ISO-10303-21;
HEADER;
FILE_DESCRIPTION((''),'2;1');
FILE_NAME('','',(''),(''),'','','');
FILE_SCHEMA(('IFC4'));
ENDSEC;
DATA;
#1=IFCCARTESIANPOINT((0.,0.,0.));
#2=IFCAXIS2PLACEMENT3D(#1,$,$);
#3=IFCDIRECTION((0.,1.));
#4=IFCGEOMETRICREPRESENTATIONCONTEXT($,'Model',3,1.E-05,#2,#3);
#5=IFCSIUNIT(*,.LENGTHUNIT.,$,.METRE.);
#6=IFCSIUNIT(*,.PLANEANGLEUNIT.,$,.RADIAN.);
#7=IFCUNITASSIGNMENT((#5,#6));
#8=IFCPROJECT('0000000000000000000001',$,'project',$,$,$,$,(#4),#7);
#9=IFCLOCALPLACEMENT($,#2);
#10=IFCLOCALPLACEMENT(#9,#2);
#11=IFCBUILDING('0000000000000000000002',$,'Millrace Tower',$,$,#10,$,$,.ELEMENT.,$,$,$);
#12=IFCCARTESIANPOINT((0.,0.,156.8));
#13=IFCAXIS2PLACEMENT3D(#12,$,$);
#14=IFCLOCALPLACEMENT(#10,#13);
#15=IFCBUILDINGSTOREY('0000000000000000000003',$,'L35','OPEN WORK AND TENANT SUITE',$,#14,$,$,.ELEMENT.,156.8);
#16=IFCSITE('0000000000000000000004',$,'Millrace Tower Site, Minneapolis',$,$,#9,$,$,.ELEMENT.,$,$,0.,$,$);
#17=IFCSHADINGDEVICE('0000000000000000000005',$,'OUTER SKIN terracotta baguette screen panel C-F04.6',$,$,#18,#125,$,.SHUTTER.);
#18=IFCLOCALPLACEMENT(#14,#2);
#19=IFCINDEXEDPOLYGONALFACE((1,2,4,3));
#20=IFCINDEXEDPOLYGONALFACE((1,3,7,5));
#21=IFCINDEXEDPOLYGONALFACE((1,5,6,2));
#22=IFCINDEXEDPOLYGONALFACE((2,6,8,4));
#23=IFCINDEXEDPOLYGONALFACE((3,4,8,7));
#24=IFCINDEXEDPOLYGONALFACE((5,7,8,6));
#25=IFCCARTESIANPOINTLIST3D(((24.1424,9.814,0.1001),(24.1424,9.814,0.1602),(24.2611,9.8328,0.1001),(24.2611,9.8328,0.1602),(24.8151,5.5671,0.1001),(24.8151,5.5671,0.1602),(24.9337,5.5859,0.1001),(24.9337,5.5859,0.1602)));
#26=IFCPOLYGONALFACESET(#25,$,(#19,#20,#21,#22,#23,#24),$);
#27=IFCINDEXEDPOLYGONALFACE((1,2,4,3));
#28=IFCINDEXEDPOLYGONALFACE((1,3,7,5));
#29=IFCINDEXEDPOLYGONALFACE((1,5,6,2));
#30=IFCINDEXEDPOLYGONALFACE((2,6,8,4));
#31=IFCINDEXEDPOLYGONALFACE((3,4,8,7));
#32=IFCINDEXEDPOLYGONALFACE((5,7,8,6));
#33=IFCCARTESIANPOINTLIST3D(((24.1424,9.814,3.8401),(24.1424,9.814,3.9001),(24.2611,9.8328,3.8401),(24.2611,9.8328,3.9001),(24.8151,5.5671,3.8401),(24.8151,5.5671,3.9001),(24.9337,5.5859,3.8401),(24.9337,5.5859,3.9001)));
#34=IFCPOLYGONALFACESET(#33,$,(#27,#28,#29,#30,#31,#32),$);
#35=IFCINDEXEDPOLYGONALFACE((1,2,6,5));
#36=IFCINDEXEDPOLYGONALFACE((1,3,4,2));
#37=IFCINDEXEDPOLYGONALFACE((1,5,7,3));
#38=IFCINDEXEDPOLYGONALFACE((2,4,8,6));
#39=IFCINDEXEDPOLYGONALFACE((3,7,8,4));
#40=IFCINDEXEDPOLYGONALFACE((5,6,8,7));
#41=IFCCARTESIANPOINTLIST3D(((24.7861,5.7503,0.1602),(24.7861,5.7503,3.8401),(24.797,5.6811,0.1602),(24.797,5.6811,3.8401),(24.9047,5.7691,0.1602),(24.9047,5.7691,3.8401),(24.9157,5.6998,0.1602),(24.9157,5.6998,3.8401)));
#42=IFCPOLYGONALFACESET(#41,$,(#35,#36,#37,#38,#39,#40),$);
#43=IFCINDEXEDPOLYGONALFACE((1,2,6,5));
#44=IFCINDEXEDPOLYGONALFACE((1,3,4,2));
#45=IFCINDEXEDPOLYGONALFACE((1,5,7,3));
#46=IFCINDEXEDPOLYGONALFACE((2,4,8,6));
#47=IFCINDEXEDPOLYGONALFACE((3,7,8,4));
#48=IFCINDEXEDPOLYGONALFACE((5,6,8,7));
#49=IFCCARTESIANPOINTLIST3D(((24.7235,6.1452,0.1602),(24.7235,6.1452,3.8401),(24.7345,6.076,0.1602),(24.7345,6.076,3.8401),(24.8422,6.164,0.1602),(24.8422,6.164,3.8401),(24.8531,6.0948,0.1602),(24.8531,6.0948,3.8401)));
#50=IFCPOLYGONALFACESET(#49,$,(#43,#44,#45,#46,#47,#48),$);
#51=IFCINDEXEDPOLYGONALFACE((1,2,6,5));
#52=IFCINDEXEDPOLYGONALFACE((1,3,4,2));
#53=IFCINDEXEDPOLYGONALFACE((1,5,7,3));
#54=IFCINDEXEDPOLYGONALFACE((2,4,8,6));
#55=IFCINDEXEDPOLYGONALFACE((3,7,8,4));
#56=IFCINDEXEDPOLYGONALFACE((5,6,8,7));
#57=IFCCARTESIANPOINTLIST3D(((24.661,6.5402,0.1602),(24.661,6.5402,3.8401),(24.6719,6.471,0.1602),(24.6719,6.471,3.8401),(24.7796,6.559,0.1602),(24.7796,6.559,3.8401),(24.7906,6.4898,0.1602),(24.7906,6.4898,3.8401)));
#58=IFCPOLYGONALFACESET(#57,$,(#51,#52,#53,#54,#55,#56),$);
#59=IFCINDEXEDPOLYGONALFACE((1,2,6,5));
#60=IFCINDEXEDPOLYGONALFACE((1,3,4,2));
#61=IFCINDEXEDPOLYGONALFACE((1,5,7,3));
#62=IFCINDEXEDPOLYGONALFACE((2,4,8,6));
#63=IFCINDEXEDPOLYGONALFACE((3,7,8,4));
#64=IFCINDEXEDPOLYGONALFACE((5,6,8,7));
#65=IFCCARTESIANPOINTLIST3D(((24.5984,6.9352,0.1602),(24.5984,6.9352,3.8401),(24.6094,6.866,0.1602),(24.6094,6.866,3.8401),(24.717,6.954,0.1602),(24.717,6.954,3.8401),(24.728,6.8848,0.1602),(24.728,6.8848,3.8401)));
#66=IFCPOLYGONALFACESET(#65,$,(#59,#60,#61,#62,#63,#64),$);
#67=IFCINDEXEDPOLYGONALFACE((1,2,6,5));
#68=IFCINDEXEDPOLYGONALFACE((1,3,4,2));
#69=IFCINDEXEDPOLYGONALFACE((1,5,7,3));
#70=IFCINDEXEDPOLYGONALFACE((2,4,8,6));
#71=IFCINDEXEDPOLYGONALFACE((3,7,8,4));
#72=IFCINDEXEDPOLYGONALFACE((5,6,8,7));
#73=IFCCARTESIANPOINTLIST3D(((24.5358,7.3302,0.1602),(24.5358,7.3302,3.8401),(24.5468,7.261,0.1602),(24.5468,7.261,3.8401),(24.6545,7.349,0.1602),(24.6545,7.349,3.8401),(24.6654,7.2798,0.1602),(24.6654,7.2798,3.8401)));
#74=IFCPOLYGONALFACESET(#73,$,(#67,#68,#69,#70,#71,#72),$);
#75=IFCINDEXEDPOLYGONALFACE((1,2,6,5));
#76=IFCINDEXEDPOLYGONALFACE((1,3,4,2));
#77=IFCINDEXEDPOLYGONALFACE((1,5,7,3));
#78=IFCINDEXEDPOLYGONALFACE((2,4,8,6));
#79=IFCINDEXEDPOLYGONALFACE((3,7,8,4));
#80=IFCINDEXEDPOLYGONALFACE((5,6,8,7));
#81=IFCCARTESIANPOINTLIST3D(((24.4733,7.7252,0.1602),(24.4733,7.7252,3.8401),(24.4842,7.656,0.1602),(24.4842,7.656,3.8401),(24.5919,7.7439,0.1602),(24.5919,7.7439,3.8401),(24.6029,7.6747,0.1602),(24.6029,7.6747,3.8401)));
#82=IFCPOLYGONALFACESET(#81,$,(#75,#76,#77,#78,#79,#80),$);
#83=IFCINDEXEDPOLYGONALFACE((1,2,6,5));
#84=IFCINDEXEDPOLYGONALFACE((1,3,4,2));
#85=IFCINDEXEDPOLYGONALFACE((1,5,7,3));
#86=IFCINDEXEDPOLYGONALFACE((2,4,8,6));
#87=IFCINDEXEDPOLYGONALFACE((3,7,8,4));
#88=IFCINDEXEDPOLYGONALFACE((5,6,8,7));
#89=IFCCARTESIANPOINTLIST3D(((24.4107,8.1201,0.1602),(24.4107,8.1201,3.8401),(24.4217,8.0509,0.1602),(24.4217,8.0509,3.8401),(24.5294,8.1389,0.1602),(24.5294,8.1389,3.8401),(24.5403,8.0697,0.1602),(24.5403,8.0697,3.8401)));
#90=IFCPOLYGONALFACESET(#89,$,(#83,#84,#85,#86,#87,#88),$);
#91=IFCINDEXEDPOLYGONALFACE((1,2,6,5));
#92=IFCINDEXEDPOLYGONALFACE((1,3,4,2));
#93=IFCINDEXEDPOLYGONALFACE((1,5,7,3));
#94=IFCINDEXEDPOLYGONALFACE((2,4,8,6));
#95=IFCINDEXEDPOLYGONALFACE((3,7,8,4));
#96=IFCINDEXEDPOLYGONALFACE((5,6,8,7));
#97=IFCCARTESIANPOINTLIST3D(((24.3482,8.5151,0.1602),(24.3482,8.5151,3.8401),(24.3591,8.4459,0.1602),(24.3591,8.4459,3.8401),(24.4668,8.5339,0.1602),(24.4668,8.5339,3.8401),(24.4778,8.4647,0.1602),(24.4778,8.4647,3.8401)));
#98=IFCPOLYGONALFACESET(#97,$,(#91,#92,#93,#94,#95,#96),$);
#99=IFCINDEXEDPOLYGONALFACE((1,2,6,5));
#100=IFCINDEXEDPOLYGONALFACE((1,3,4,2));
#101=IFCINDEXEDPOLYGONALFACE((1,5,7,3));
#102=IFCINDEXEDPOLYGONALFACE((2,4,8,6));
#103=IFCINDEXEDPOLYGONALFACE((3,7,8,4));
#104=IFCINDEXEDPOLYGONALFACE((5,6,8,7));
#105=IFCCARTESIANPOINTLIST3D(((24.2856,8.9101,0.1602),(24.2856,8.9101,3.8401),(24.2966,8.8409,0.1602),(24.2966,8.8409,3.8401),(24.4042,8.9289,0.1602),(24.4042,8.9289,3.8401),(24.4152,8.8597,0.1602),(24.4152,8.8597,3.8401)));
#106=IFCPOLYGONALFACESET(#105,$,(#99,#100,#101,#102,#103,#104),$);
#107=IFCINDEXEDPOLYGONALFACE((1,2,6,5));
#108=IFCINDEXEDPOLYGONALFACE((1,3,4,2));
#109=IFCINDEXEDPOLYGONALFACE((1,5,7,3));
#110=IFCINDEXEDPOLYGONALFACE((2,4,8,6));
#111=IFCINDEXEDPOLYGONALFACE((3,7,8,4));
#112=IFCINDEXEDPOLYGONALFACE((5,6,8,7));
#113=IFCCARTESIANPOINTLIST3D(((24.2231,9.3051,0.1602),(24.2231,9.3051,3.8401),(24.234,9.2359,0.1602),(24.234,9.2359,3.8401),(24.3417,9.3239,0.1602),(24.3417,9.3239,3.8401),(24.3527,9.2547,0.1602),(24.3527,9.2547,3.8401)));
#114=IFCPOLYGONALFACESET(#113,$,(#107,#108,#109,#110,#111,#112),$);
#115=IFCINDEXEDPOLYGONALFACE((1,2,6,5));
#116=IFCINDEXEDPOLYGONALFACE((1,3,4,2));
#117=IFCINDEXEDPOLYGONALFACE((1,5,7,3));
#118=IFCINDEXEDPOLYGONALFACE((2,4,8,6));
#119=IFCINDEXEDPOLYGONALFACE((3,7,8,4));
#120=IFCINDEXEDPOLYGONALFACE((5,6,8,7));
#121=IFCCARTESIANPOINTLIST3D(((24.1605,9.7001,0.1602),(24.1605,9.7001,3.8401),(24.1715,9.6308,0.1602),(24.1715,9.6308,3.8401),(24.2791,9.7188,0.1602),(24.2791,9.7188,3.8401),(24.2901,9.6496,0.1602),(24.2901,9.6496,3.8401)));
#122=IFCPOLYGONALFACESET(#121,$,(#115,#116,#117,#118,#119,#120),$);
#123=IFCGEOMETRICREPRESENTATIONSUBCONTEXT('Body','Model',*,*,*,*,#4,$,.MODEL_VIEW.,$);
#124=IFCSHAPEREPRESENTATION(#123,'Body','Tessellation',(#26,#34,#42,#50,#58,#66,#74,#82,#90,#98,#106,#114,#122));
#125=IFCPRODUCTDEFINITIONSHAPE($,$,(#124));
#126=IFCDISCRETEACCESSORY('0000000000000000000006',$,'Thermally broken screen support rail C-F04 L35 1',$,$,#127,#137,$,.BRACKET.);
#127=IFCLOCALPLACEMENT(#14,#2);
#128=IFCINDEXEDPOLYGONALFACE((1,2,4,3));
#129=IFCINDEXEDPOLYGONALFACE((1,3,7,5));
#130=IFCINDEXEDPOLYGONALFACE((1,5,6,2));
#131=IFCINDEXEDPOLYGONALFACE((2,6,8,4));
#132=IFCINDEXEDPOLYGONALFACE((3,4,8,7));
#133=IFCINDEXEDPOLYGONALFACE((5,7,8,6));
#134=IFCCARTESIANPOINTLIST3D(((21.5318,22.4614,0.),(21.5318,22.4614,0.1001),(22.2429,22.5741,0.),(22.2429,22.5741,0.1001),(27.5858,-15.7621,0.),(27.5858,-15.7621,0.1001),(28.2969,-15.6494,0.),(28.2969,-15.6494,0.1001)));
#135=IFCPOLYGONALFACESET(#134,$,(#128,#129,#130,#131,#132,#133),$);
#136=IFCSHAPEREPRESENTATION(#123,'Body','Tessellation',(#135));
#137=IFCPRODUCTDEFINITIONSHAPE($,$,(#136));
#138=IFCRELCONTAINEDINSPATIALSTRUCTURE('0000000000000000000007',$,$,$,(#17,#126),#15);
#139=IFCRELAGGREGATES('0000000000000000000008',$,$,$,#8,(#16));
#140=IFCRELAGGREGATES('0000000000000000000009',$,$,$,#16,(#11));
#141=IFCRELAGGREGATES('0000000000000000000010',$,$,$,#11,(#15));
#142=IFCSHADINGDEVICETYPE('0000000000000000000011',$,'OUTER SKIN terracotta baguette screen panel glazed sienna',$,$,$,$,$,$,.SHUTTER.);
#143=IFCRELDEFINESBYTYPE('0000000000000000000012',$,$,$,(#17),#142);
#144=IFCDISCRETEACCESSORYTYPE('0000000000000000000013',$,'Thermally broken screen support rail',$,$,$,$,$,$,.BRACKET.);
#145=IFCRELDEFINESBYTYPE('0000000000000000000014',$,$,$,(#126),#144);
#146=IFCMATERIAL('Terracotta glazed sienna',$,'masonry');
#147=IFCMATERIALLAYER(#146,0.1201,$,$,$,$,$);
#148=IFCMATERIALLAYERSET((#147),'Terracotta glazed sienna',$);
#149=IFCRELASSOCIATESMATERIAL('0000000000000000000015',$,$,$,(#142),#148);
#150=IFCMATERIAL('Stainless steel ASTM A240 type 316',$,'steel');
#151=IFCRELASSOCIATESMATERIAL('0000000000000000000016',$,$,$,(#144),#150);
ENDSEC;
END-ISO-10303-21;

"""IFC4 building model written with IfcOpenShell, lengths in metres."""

from ifc_helpers import new_model, entity, si_unit, direction, frame, frame_2d, origin, origin_2d, place, context, subcontext, project, spatial, rectangle, extrude, source, transform, mapped, material, layer, layer_set, type_object, element, save


model = new_model("IFC4")

# Units and contexts
model_context = context("Model", 3, precision=1e-05, world=origin(), true_north=direction((0.0, 1.0)))
body_context = subcontext(model_context, "Body", "Model", "MODEL_VIEW")
ifc_project = project(units=[si_unit("LENGTHUNIT", "METRE"), si_unit("PLANEANGLEUNIT", "RADIAN")], contexts=[model_context])

# Site, building, storey
site_placement = place(None, origin())
site = spatial("IfcSite", under=ifc_project, at=site_placement, Name="Millrace Tower Site, Minneapolis", CompositionType="ELEMENT", RefElevation=0.0)
building_placement = place(site_placement, origin())
building = spatial("IfcBuilding", under=site, at=building_placement, Name="Millrace Tower", CompositionType="ELEMENT")
storey_placement = place(building_placement, frame((0.0, 0.0, 156.8)))
storey = spatial("IfcBuildingStorey", under=building, at=storey_placement, Name="L35", Description="OPEN WORK AND TENANT SUITE", CompositionType="ELEMENT", Elevation=156.8)

# Shading device
ifc_material_1 = material(Name="Terracotta glazed sienna", Category="masonry")
ifc_layer_1 = layer(ifc_material_1, 0.1201)
ifc_layer_set_1 = layer_set([ifc_layer_1], Name="Terracotta glazed sienna")
shading_device_type = type_object("IfcShadingDeviceType", Name="OUTER SKIN terracotta baguette screen panel glazed sienna", PredefinedType="SHUTTER", material=ifc_layer_set_1)
cartesian_point = entity("IfcCartesianPoint", [-2.1499, 0.0601])
shared_polyline = entity("IfcPolyline", [cartesian_point, entity("IfcCartesianPoint", [2.1499, 0.0601]), entity("IfcCartesianPoint", [2.1499, -0.0601]), entity("IfcCartesianPoint", [-2.1499, -0.0601]), cartesian_point])
shared_shape = source(origin(), body_context, "Body", "SweptSolid", [
    entity("IfcExtrudedAreaSolid", entity("IfcArbitraryClosedProfileDef", "AREA", None, shared_polyline), entity("IfcAxis2Placement3D", entity("IfcCartesianPoint", [0.0, 0.0, 0.0])), entity("IfcDirection", [0.0, 0.0, 1.0]), 0.0601),
    entity("IfcExtrudedAreaSolid", entity("IfcArbitraryClosedProfileDef", "AREA", None, shared_polyline), entity("IfcAxis2Placement3D", entity("IfcCartesianPoint", [0.0, 0.0, 3.74])), entity("IfcDirection", [0.0, 0.0, 1.0]), 0.0601),
    extrude(rectangle(XDim=0.0701, YDim=0.1201, at=frame_2d((-1.9995, 0.0))), frame((0.0, 0.0, 0.0601)), (0.0, 0.0, 1.0), 3.6799),
    extrude(rectangle(XDim=0.0701, YDim=0.1201, at=frame_2d((-1.5996, 0.0))), frame((0.0, 0.0, 0.0601)), (0.0, 0.0, 1.0), 3.6799),
    extrude(rectangle(XDim=0.0701, YDim=0.1201, at=frame_2d((-1.1997, 0.0))), frame((0.0, 0.0, 0.0601)), (0.0, 0.0, 1.0), 3.6799),
    extrude(rectangle(XDim=0.0701, YDim=0.1201, at=frame_2d((-0.7998, 0.0))), frame((0.0, 0.0, 0.0601)), (0.0, 0.0, 1.0), 3.6799),
    extrude(rectangle(XDim=0.0701, YDim=0.1201, at=frame_2d((-0.3999, 0.0))), frame((0.0, 0.0, 0.0601)), (0.0, 0.0, 1.0), 3.6799),
    extrude(rectangle(XDim=0.0701, YDim=0.1201, at=origin_2d()), frame((0.0, 0.0, 0.0601)), (0.0, 0.0, 1.0), 3.6799),
    extrude(rectangle(XDim=0.0701, YDim=0.1201, at=frame_2d((0.3999, 0.0))), frame((0.0, 0.0, 0.0601)), (0.0, 0.0, 1.0), 3.6799),
    extrude(rectangle(XDim=0.0701, YDim=0.1201, at=frame_2d((0.7998, 0.0))), frame((0.0, 0.0, 0.0601)), (0.0, 0.0, 1.0), 3.6799),
    extrude(rectangle(XDim=0.0701, YDim=0.1201, at=frame_2d((1.1997, 0.0))), frame((0.0, 0.0, 0.0601)), (0.0, 0.0, 1.0), 3.6799),
    extrude(rectangle(XDim=0.0701, YDim=0.1201, at=frame_2d((1.5996, 0.0))), frame((0.0, 0.0, 0.0601)), (0.0, 0.0, 1.0), 3.6799),
    extrude(rectangle(XDim=0.0701, YDim=0.1201, at=frame_2d((1.9995, 0.0))), frame((0.0, 0.0, 0.0601)), (0.0, 0.0, 1.0), 3.6799),
])
for number, where, z_axis, x_axis, name in (
    (1, (24.5381, 7.7, 0.1001), (0.0, 0.0, 1.0), (-0.156434, 0.987688, 0.0), "OUTER SKIN terracotta baguette screen panel C-F04.6"),
):
    element("IfcShadingDevice", number, at=place(storey_placement, frame(where, z_axis=z_axis, x_axis=x_axis)), inside=storey, type_object=shading_device_type, Name=name, PredefinedType="SHUTTER", context=body_context, shape_type="MappedRepresentation", body=[
        mapped(shared_shape, transform((0.0, 0.0, 0.0), scale=1.0)),
    ])

# Discrete accessory
ifc_material_2 = material(Name="Stainless steel ASTM A240 type 316", Category="steel")
discrete_accessory_type = type_object("IfcDiscreteAccessoryType", Name="Thermally broken screen support rail", PredefinedType="BRACKET", material=ifc_material_2)
discrete_accessory_placement = place(storey_placement, frame((24.9143, 3.406, 0.0), z_axis=(0.0, 0.0, 1.0), x_axis=(-0.156434, 0.987688, 0.0)))
element("IfcDiscreteAccessory", 2, at=discrete_accessory_placement, inside=storey, type_object=discrete_accessory_type, Name="Thermally broken screen support rail C-F04 L35 1", PredefinedType="BRACKET", context=body_context, shape_type="SweptSolid", body=[
    extrude(rectangle(XDim=38.7, YDim=0.72, at=origin_2d()), origin(), (0.0, 0.0, 1.0), 0.1001),
])

save(model, "model.ifc")
